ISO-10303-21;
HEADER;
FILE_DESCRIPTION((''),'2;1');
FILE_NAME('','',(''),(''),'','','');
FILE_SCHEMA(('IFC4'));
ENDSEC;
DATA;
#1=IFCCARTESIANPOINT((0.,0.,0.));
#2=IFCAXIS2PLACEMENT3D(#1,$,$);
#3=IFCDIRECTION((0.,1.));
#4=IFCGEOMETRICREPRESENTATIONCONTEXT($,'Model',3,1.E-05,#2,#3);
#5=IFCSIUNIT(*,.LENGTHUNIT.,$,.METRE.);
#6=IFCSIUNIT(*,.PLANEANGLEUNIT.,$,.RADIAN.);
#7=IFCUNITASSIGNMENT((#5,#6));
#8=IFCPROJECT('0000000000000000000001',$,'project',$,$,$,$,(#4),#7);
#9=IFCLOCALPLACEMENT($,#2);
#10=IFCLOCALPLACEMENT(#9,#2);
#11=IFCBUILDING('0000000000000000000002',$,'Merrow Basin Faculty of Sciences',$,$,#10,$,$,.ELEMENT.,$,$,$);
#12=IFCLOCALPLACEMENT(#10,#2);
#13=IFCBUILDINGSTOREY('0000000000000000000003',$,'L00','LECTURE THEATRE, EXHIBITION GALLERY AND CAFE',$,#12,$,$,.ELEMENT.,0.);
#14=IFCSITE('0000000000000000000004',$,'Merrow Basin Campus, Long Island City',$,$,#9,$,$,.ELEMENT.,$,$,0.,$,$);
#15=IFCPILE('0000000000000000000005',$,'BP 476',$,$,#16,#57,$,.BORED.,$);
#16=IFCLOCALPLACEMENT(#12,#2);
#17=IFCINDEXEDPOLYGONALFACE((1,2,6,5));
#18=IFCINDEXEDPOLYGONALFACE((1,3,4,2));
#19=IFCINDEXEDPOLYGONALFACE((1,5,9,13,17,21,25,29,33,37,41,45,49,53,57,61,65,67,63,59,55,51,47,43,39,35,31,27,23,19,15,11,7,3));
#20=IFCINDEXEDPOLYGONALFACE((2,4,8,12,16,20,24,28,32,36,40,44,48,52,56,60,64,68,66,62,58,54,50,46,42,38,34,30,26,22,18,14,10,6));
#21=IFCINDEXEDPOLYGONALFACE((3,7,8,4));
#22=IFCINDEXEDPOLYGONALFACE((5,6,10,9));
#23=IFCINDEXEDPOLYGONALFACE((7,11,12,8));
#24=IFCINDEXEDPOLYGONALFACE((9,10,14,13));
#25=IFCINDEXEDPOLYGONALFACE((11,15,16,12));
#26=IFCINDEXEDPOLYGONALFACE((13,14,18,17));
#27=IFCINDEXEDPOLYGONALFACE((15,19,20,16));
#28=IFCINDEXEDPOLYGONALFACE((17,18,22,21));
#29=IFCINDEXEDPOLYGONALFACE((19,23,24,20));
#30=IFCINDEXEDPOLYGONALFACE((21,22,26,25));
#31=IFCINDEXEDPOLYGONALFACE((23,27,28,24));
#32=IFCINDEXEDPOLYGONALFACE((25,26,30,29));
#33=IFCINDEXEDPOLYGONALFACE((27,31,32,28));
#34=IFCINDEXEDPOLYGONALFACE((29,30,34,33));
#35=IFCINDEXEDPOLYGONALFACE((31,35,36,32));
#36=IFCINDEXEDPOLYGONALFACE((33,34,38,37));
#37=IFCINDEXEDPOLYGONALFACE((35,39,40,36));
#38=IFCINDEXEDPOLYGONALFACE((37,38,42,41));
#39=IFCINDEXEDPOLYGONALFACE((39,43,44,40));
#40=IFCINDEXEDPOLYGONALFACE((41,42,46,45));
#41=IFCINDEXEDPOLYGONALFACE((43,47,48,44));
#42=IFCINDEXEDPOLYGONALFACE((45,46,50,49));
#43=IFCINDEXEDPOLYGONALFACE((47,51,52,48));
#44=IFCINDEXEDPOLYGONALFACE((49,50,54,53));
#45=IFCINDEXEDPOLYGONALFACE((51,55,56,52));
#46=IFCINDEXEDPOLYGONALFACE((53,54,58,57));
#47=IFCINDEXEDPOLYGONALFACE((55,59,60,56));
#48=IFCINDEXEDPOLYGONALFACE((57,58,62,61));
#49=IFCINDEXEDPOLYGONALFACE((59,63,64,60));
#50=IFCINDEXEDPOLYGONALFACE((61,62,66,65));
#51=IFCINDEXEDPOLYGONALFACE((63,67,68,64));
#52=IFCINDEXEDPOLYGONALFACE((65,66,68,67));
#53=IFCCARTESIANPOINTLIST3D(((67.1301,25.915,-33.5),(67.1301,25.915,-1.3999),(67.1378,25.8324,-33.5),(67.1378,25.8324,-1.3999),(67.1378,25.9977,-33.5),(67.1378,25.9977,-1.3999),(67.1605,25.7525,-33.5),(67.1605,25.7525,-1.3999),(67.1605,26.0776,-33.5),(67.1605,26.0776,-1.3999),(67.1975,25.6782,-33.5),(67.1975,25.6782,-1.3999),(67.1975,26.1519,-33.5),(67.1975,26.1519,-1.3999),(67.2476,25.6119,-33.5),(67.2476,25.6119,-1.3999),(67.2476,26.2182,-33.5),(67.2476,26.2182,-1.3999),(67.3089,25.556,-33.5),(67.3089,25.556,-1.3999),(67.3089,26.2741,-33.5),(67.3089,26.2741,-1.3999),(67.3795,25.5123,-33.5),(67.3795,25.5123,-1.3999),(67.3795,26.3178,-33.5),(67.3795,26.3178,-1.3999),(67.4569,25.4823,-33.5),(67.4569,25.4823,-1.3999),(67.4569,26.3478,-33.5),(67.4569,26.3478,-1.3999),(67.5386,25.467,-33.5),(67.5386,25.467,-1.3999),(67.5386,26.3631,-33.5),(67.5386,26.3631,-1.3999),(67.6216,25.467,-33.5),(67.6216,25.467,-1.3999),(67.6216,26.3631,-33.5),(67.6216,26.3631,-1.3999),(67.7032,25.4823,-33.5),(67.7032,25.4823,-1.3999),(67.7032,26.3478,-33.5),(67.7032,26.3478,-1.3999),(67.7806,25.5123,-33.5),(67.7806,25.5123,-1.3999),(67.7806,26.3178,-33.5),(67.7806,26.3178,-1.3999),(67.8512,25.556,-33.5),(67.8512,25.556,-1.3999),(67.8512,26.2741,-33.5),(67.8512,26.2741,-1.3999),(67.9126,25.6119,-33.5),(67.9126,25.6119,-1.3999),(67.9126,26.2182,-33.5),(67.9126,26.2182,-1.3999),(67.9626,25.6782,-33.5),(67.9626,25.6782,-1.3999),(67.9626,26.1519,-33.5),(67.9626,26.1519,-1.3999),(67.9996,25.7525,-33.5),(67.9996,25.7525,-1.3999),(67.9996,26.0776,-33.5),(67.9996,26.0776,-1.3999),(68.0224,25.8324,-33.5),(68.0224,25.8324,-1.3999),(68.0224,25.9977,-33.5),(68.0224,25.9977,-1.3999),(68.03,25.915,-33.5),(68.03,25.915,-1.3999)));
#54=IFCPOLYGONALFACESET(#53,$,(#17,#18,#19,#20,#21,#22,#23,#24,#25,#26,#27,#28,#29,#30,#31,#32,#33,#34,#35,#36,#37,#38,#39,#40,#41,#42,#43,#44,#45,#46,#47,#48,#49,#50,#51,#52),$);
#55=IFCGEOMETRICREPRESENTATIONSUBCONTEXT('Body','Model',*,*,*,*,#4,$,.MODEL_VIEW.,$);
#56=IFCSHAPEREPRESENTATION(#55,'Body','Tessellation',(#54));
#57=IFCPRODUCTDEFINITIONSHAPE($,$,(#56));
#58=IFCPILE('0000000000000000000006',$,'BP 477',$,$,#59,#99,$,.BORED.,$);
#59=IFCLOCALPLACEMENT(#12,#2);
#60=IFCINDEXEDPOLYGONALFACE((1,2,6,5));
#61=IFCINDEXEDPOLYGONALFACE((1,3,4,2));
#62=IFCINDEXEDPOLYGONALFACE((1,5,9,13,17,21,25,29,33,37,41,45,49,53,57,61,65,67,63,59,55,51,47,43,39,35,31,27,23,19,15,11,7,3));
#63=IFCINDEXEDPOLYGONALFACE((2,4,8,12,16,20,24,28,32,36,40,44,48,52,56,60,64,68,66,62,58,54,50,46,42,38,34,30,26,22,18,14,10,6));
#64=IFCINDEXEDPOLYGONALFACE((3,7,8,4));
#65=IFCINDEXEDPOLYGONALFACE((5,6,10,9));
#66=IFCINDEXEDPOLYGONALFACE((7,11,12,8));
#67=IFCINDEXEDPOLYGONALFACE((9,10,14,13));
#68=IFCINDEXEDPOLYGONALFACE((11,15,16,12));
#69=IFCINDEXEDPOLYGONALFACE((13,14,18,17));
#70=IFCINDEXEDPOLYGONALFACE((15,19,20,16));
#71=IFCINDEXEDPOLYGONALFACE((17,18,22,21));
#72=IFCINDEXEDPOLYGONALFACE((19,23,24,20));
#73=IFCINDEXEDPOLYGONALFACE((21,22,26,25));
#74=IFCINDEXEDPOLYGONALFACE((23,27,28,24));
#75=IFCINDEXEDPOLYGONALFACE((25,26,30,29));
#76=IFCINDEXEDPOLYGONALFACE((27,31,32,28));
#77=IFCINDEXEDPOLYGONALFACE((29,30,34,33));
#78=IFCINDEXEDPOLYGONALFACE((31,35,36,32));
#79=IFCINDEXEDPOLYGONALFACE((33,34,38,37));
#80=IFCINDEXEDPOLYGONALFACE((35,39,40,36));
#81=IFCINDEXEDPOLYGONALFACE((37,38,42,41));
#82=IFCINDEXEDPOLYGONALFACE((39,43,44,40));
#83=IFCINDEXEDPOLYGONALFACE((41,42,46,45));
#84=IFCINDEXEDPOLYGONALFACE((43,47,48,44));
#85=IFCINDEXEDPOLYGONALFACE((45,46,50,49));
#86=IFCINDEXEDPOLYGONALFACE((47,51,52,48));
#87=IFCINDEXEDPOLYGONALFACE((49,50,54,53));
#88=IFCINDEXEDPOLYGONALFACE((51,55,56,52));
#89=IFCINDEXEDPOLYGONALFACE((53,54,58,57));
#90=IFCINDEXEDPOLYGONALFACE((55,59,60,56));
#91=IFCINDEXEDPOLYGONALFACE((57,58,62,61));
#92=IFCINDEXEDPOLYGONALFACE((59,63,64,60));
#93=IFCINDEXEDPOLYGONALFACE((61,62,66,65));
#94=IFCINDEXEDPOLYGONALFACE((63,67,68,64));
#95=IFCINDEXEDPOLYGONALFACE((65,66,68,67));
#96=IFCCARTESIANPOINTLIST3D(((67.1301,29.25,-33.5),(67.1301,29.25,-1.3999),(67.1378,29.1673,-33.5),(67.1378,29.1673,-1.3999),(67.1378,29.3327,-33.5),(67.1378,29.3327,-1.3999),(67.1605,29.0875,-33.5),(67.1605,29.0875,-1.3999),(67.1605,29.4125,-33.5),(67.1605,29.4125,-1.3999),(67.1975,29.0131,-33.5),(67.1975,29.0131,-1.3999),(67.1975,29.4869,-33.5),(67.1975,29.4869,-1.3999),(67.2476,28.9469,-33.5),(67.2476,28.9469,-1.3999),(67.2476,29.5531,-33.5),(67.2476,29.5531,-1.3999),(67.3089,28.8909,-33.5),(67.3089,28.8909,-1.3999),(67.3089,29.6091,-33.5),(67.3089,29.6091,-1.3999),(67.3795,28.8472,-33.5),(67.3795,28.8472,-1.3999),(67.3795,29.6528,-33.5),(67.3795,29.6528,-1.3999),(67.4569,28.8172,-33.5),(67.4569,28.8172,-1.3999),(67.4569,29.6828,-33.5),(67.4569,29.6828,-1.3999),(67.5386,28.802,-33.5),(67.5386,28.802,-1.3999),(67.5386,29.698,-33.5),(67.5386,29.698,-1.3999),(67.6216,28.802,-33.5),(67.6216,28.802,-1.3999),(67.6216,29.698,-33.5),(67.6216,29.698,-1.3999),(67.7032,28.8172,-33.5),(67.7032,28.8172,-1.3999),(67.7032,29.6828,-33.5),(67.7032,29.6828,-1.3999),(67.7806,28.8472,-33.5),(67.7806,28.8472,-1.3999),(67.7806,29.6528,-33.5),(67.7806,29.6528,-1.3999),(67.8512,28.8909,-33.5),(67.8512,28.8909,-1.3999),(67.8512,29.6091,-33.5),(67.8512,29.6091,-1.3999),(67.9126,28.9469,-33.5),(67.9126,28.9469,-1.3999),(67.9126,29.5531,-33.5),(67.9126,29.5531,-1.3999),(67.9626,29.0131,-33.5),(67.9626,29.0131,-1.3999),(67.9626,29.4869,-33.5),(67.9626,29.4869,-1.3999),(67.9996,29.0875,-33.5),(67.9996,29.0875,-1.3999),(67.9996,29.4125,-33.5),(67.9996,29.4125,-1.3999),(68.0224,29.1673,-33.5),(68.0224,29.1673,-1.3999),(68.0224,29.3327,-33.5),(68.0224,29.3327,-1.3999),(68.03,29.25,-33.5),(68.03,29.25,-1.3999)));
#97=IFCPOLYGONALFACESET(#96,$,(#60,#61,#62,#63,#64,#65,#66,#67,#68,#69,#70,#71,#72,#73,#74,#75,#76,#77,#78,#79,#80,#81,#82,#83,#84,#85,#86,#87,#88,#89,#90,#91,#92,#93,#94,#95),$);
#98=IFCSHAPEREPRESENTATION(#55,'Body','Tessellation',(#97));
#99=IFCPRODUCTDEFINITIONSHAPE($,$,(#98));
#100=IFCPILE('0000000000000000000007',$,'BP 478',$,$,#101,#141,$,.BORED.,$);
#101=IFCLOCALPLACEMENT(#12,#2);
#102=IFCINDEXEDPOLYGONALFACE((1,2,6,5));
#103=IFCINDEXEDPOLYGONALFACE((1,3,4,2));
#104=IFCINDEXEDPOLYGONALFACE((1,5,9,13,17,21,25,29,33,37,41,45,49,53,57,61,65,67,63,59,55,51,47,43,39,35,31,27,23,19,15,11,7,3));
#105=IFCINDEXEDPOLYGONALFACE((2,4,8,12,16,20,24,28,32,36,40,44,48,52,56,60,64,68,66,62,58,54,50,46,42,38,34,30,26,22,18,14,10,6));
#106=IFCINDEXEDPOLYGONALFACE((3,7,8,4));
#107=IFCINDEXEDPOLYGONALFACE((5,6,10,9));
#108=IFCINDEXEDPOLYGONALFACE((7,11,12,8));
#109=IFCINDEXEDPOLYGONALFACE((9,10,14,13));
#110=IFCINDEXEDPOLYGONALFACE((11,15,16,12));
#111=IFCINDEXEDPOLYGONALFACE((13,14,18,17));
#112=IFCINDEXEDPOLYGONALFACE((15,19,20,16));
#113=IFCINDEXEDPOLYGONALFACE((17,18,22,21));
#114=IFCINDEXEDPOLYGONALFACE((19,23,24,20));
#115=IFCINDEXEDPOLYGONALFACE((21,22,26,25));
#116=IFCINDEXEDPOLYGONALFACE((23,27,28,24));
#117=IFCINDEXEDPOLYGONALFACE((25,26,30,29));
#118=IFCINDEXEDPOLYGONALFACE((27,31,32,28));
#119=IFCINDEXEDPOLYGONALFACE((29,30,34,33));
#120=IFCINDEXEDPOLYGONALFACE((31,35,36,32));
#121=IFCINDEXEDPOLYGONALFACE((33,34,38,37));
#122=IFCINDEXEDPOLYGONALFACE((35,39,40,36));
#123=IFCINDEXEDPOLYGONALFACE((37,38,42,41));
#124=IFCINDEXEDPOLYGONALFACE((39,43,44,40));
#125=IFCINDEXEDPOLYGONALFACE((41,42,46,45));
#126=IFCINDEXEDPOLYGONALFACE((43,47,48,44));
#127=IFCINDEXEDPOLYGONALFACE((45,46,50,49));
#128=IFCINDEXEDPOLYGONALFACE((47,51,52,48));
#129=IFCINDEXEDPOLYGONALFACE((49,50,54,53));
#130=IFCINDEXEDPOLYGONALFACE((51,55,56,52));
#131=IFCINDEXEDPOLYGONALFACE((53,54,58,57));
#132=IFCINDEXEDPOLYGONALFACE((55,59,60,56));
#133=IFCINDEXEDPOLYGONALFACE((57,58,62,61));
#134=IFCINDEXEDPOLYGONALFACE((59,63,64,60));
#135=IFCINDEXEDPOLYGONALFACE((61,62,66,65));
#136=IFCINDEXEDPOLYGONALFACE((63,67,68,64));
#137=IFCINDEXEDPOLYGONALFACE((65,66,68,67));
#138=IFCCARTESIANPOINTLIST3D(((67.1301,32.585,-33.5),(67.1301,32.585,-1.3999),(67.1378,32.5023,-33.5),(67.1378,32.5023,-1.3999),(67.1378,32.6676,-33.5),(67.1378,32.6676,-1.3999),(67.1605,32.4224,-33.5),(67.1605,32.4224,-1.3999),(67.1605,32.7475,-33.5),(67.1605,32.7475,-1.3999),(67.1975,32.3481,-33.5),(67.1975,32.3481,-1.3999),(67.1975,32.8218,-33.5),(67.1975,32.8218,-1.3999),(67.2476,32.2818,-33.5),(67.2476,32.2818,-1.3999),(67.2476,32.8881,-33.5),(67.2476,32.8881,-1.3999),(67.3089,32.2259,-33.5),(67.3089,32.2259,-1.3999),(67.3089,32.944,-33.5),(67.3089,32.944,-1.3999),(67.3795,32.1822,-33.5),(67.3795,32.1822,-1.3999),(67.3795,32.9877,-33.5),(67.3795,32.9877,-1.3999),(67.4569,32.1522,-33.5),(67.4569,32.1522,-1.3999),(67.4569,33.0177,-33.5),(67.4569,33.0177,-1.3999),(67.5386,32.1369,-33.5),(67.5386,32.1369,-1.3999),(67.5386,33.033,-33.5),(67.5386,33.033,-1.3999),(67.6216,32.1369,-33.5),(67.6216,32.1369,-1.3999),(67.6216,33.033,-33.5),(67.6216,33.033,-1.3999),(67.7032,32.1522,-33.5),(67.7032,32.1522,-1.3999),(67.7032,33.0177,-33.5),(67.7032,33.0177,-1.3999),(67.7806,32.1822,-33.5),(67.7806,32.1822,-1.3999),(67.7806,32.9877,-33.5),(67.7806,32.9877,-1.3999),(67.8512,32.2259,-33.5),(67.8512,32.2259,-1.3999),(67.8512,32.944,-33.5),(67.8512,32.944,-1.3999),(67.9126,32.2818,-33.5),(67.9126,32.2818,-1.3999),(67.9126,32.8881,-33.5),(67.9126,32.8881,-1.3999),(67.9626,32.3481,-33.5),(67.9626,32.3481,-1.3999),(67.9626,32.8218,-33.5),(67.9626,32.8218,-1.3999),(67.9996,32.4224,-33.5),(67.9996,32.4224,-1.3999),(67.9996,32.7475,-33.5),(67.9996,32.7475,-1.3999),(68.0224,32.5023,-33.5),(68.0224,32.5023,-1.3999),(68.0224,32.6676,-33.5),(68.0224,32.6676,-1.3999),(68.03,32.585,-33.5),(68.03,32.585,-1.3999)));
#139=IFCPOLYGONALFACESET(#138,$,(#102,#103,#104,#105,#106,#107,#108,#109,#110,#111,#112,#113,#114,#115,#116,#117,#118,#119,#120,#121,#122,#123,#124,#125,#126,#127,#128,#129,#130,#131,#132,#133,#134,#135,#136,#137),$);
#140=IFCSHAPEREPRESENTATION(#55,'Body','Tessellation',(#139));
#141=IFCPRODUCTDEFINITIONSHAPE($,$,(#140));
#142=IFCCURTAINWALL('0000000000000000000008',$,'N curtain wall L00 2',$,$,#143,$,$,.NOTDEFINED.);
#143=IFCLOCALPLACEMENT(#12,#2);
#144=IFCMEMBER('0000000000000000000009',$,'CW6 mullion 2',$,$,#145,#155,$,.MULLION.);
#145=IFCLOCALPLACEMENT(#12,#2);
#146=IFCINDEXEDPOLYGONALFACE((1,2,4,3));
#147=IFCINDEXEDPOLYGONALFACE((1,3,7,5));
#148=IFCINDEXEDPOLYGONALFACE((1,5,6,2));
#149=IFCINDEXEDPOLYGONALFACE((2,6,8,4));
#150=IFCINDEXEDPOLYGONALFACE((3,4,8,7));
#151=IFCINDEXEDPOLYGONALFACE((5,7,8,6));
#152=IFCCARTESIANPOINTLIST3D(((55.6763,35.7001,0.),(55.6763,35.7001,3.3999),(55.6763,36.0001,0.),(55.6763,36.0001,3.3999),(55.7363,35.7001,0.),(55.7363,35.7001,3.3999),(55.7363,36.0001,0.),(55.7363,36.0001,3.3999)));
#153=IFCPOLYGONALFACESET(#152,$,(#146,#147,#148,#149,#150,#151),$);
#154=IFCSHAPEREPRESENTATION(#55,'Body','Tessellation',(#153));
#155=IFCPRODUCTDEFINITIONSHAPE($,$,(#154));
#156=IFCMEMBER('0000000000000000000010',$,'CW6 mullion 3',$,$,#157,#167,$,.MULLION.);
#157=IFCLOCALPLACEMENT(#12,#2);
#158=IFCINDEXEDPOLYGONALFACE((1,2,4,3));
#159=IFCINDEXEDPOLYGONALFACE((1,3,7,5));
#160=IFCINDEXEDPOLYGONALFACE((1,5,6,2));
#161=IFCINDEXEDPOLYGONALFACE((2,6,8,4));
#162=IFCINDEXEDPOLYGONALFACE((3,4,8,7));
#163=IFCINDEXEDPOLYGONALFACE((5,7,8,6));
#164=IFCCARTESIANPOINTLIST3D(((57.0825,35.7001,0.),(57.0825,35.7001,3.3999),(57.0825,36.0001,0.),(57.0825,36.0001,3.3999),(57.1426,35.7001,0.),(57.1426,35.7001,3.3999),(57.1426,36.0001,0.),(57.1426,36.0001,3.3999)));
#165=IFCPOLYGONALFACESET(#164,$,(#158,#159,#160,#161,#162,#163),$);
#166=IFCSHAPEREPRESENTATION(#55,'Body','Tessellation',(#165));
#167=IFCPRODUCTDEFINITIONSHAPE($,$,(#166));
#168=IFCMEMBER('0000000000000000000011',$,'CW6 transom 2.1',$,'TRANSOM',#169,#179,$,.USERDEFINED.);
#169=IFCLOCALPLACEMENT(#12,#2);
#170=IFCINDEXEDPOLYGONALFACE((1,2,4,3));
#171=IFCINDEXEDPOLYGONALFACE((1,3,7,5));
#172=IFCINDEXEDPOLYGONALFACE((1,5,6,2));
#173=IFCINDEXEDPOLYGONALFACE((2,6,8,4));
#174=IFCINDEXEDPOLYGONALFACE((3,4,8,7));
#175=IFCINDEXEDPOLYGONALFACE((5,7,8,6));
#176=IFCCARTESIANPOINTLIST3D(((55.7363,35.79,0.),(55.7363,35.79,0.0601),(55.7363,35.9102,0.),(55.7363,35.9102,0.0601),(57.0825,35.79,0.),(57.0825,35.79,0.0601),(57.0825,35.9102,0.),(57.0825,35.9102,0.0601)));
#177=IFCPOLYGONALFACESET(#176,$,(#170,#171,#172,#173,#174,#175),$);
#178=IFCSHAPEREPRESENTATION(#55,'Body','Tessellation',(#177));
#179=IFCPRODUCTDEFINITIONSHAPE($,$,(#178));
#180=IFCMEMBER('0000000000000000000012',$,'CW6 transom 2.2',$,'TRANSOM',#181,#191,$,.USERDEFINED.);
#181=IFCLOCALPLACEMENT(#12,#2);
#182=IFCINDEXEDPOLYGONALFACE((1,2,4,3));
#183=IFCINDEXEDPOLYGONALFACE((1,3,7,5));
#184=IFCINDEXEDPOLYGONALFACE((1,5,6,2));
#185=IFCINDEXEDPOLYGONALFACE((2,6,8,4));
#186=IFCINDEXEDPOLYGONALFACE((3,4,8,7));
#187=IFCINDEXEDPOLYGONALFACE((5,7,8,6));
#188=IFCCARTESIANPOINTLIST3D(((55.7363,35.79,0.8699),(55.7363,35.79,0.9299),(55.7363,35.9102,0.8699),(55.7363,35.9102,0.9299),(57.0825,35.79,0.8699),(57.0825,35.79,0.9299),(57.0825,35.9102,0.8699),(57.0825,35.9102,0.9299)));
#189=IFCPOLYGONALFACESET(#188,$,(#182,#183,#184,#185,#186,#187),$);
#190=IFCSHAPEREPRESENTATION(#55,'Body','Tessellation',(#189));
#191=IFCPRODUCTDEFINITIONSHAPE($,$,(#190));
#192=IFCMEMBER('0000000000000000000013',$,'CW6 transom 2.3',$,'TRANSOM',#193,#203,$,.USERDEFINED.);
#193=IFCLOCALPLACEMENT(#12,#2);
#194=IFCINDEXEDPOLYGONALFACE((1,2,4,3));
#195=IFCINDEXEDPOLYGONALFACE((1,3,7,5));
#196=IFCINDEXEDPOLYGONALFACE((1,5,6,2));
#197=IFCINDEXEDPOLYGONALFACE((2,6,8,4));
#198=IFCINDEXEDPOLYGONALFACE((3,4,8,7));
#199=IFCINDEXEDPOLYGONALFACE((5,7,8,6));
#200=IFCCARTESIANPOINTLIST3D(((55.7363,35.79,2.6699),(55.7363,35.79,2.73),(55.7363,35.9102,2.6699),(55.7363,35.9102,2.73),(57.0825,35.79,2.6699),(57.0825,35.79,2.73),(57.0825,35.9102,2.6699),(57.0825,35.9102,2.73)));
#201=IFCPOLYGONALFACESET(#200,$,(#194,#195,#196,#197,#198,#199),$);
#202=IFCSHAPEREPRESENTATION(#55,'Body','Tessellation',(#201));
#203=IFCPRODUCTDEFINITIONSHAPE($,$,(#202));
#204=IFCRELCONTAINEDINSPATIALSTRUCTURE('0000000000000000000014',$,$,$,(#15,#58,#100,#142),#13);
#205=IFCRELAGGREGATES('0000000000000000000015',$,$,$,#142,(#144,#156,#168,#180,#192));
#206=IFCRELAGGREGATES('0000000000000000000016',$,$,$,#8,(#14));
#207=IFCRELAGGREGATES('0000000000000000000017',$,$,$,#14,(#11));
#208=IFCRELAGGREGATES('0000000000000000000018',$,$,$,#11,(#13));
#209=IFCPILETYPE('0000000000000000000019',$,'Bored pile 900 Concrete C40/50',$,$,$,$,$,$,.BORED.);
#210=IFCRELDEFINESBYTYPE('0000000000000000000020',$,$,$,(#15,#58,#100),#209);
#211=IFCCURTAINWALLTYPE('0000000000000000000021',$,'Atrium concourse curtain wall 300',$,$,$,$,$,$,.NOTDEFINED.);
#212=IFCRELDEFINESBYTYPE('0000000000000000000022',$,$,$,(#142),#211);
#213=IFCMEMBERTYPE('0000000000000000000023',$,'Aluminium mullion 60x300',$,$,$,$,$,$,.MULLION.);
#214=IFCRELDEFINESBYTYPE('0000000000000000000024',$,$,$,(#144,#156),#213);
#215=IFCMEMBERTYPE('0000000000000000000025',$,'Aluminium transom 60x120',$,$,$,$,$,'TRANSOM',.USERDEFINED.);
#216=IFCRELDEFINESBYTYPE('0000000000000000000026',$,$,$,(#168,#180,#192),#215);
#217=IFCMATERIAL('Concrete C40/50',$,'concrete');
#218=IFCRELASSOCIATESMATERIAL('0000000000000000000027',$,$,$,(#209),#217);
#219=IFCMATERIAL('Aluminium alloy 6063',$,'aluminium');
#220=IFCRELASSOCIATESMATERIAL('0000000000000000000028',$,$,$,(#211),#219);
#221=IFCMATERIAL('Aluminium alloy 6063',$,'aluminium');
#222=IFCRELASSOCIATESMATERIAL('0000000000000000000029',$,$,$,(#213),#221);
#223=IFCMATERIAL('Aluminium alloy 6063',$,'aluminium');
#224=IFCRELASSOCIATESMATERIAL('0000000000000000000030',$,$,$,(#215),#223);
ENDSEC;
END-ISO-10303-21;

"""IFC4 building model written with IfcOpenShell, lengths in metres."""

from ifc_helpers import new_model, si_unit, direction, frame, origin, origin_2d, place, context, subcontext, project, spatial, rectangle, circle, extrude, material, material_profile, profile_set, type_object, element, aggregate, save


model = new_model("IFC4")

# Units and contexts
model_context = context("Model", 3, precision=1e-05, world=origin(), true_north=direction((0.0, 1.0)))
body_context = subcontext(model_context, "Body", "Model", "MODEL_VIEW")
ifc_project = project(units=[si_unit("LENGTHUNIT", "METRE"), si_unit("PLANEANGLEUNIT", "RADIAN")], contexts=[model_context])

# Site, building, storey
site_placement = place(None, origin())
site = spatial("IfcSite", under=ifc_project, at=site_placement, Name="Merrow Basin Campus, Long Island City", CompositionType="ELEMENT", RefElevation=0.0)
building_placement = place(site_placement, origin())
building = spatial("IfcBuilding", under=site, at=building_placement, Name="Merrow Basin Faculty of Sciences", CompositionType="ELEMENT")
storey_placement = place(building_placement, origin())
storey = spatial("IfcBuildingStorey", under=building, at=storey_placement, Name="L00", Description="LECTURE THEATRE, EXHIBITION GALLERY AND CAFE", CompositionType="ELEMENT", Elevation=0.0)

# Piles
ifc_material_1 = material(Name="Concrete C40/50", Category="concrete")
ifc_material_profile_1 = material_profile(ifc_material_1, circle(Radius=0.45, at=origin_2d()))
ifc_profile_set_1 = profile_set([ifc_material_profile_1], Name="Concrete C40/50")
pile_type_1 = type_object("IfcPileType", Name="Bored pile 900 Concrete C40/50", PredefinedType="BORED", material=ifc_profile_set_1)
for number, where, z_axis, x_axis, name in (
    (1, (67.5801, 25.915, -1.3999), (0.0, 0.0, -1.0), (1.0, 0.0, 0.0), "BP 476"),
    (2, (67.5801, 29.25, -1.3999), (0.0, 0.0, -1.0), (1.0, 0.0, 0.0), "BP 477"),
    (3, (67.5801, 32.585, -1.3999), (0.0, 0.0, -1.0), (1.0, 0.0, 0.0), "BP 478"),
):
    element("IfcPile", number, at=place(storey_placement, frame(where, z_axis=z_axis, x_axis=x_axis)), inside=storey, type_object=pile_type_1, Name=name, PredefinedType="BORED", context=body_context, shape_type="SweptSolid", body=[
        extrude(circle(Radius=0.45, at=origin_2d()), origin(), (0.0, 0.0, 1.0), 32.1001),
    ])

# Curtain wall, members
ifc_material_2 = material(Name="Aluminium alloy 6063", Category="aluminium")
curtain_wall_type = type_object("IfcCurtainWallType", Name="Atrium concourse curtain wall 300", PredefinedType="NOTDEFINED", material=ifc_material_2)
curtain_wall_placement = place(storey_placement, origin())
curtain_wall = element("IfcCurtainWall", 4, at=curtain_wall_placement, inside=storey, type_object=curtain_wall_type, Name="N curtain wall L00 2", PredefinedType="NOTDEFINED")
ifc_material_3 = material(Name="Aluminium alloy 6063", Category="aluminium")
ifc_material_profile_2 = material_profile(ifc_material_3, rectangle(XDim=0.3, YDim=0.0601, at=origin_2d()))
ifc_profile_set_2 = profile_set([ifc_material_profile_2], Name="Aluminium alloy 6063")
member_type_1 = type_object("IfcMemberType", Name="Aluminium mullion 60x300", PredefinedType="MULLION", material=ifc_profile_set_2)
member_1_placement = place(storey_placement, frame((55.7063, 35.8501, 0.0), z_axis=(0.0, 0.0, 1.0), x_axis=(0.0, 1.0, 0.0)))
member_1 = element("IfcMember", 5, at=member_1_placement, type_object=member_type_1, Name="CW6 mullion 2", PredefinedType="MULLION", context=body_context, shape_type="SweptSolid", body=[
    extrude(rectangle(XDim=0.3, YDim=0.0601, at=origin_2d()), origin(), (0.0, 0.0, 1.0), 3.3999),
])
member_2_placement = place(storey_placement, frame((57.1125, 35.8501, 0.0), z_axis=(0.0, 0.0, 1.0), x_axis=(0.0, 1.0, 0.0)))
member_2 = element("IfcMember", 6, at=member_2_placement, type_object=member_type_1, Name="CW6 mullion 3", PredefinedType="MULLION", context=body_context, shape_type="SweptSolid", body=[
    extrude(rectangle(XDim=0.3, YDim=0.0601, at=origin_2d()), origin(), (0.0, 0.0, 1.0), 3.3999),
])
ifc_material_4 = material(Name="Aluminium alloy 6063", Category="aluminium")
ifc_material_profile_3 = material_profile(ifc_material_4, rectangle(XDim=0.1201, YDim=0.0601, at=origin_2d()))
ifc_profile_set_3 = profile_set([ifc_material_profile_3], Name="Aluminium alloy 6063")
member_type_2 = type_object("IfcMemberType", Name="Aluminium transom 60x120", ElementType="TRANSOM", PredefinedType="USERDEFINED", material=ifc_profile_set_3)
member_3_placement = place(storey_placement, frame((55.7363, 35.8501, 0.03), z_axis=(1.0, 0.0, 0.0), x_axis=(0.0, 1.0, 0.0)))
member_3 = element("IfcMember", 7, at=member_3_placement, type_object=member_type_2, Name="CW6 transom 2.1", ObjectType="TRANSOM", PredefinedType="USERDEFINED", context=body_context, shape_type="SweptSolid", body=[
    extrude(rectangle(XDim=0.1201, YDim=0.0601, at=origin_2d()), origin(), (0.0, 0.0, 1.0), 1.3462),
])
member_4_placement = place(storey_placement, frame((55.7363, 35.8501, 0.8999), z_axis=(1.0, 0.0, 0.0), x_axis=(0.0, 1.0, 0.0)))
member_4 = element("IfcMember", 8, at=member_4_placement, type_object=member_type_2, Name="CW6 transom 2.2", ObjectType="TRANSOM", PredefinedType="USERDEFINED", context=body_context, shape_type="SweptSolid", body=[
    extrude(rectangle(XDim=0.1201, YDim=0.0601, at=origin_2d()), origin(), (0.0, 0.0, 1.0), 1.3462),
])
member_5_placement = place(storey_placement, frame((55.7363, 35.8501, 2.7), z_axis=(1.0, 0.0, 0.0), x_axis=(0.0, 1.0, 0.0)))
member_5 = element("IfcMember", 9, at=member_5_placement, type_object=member_type_2, Name="CW6 transom 2.3", ObjectType="TRANSOM", PredefinedType="USERDEFINED", context=body_context, shape_type="SweptSolid", body=[
    extrude(rectangle(XDim=0.1201, YDim=0.0601, at=origin_2d()), origin(), (0.0, 0.0, 1.0), 1.3462),
])
aggregate(curtain_wall, [member_1, member_2, member_3, member_4, member_5])

save(model, "model.ifc")
